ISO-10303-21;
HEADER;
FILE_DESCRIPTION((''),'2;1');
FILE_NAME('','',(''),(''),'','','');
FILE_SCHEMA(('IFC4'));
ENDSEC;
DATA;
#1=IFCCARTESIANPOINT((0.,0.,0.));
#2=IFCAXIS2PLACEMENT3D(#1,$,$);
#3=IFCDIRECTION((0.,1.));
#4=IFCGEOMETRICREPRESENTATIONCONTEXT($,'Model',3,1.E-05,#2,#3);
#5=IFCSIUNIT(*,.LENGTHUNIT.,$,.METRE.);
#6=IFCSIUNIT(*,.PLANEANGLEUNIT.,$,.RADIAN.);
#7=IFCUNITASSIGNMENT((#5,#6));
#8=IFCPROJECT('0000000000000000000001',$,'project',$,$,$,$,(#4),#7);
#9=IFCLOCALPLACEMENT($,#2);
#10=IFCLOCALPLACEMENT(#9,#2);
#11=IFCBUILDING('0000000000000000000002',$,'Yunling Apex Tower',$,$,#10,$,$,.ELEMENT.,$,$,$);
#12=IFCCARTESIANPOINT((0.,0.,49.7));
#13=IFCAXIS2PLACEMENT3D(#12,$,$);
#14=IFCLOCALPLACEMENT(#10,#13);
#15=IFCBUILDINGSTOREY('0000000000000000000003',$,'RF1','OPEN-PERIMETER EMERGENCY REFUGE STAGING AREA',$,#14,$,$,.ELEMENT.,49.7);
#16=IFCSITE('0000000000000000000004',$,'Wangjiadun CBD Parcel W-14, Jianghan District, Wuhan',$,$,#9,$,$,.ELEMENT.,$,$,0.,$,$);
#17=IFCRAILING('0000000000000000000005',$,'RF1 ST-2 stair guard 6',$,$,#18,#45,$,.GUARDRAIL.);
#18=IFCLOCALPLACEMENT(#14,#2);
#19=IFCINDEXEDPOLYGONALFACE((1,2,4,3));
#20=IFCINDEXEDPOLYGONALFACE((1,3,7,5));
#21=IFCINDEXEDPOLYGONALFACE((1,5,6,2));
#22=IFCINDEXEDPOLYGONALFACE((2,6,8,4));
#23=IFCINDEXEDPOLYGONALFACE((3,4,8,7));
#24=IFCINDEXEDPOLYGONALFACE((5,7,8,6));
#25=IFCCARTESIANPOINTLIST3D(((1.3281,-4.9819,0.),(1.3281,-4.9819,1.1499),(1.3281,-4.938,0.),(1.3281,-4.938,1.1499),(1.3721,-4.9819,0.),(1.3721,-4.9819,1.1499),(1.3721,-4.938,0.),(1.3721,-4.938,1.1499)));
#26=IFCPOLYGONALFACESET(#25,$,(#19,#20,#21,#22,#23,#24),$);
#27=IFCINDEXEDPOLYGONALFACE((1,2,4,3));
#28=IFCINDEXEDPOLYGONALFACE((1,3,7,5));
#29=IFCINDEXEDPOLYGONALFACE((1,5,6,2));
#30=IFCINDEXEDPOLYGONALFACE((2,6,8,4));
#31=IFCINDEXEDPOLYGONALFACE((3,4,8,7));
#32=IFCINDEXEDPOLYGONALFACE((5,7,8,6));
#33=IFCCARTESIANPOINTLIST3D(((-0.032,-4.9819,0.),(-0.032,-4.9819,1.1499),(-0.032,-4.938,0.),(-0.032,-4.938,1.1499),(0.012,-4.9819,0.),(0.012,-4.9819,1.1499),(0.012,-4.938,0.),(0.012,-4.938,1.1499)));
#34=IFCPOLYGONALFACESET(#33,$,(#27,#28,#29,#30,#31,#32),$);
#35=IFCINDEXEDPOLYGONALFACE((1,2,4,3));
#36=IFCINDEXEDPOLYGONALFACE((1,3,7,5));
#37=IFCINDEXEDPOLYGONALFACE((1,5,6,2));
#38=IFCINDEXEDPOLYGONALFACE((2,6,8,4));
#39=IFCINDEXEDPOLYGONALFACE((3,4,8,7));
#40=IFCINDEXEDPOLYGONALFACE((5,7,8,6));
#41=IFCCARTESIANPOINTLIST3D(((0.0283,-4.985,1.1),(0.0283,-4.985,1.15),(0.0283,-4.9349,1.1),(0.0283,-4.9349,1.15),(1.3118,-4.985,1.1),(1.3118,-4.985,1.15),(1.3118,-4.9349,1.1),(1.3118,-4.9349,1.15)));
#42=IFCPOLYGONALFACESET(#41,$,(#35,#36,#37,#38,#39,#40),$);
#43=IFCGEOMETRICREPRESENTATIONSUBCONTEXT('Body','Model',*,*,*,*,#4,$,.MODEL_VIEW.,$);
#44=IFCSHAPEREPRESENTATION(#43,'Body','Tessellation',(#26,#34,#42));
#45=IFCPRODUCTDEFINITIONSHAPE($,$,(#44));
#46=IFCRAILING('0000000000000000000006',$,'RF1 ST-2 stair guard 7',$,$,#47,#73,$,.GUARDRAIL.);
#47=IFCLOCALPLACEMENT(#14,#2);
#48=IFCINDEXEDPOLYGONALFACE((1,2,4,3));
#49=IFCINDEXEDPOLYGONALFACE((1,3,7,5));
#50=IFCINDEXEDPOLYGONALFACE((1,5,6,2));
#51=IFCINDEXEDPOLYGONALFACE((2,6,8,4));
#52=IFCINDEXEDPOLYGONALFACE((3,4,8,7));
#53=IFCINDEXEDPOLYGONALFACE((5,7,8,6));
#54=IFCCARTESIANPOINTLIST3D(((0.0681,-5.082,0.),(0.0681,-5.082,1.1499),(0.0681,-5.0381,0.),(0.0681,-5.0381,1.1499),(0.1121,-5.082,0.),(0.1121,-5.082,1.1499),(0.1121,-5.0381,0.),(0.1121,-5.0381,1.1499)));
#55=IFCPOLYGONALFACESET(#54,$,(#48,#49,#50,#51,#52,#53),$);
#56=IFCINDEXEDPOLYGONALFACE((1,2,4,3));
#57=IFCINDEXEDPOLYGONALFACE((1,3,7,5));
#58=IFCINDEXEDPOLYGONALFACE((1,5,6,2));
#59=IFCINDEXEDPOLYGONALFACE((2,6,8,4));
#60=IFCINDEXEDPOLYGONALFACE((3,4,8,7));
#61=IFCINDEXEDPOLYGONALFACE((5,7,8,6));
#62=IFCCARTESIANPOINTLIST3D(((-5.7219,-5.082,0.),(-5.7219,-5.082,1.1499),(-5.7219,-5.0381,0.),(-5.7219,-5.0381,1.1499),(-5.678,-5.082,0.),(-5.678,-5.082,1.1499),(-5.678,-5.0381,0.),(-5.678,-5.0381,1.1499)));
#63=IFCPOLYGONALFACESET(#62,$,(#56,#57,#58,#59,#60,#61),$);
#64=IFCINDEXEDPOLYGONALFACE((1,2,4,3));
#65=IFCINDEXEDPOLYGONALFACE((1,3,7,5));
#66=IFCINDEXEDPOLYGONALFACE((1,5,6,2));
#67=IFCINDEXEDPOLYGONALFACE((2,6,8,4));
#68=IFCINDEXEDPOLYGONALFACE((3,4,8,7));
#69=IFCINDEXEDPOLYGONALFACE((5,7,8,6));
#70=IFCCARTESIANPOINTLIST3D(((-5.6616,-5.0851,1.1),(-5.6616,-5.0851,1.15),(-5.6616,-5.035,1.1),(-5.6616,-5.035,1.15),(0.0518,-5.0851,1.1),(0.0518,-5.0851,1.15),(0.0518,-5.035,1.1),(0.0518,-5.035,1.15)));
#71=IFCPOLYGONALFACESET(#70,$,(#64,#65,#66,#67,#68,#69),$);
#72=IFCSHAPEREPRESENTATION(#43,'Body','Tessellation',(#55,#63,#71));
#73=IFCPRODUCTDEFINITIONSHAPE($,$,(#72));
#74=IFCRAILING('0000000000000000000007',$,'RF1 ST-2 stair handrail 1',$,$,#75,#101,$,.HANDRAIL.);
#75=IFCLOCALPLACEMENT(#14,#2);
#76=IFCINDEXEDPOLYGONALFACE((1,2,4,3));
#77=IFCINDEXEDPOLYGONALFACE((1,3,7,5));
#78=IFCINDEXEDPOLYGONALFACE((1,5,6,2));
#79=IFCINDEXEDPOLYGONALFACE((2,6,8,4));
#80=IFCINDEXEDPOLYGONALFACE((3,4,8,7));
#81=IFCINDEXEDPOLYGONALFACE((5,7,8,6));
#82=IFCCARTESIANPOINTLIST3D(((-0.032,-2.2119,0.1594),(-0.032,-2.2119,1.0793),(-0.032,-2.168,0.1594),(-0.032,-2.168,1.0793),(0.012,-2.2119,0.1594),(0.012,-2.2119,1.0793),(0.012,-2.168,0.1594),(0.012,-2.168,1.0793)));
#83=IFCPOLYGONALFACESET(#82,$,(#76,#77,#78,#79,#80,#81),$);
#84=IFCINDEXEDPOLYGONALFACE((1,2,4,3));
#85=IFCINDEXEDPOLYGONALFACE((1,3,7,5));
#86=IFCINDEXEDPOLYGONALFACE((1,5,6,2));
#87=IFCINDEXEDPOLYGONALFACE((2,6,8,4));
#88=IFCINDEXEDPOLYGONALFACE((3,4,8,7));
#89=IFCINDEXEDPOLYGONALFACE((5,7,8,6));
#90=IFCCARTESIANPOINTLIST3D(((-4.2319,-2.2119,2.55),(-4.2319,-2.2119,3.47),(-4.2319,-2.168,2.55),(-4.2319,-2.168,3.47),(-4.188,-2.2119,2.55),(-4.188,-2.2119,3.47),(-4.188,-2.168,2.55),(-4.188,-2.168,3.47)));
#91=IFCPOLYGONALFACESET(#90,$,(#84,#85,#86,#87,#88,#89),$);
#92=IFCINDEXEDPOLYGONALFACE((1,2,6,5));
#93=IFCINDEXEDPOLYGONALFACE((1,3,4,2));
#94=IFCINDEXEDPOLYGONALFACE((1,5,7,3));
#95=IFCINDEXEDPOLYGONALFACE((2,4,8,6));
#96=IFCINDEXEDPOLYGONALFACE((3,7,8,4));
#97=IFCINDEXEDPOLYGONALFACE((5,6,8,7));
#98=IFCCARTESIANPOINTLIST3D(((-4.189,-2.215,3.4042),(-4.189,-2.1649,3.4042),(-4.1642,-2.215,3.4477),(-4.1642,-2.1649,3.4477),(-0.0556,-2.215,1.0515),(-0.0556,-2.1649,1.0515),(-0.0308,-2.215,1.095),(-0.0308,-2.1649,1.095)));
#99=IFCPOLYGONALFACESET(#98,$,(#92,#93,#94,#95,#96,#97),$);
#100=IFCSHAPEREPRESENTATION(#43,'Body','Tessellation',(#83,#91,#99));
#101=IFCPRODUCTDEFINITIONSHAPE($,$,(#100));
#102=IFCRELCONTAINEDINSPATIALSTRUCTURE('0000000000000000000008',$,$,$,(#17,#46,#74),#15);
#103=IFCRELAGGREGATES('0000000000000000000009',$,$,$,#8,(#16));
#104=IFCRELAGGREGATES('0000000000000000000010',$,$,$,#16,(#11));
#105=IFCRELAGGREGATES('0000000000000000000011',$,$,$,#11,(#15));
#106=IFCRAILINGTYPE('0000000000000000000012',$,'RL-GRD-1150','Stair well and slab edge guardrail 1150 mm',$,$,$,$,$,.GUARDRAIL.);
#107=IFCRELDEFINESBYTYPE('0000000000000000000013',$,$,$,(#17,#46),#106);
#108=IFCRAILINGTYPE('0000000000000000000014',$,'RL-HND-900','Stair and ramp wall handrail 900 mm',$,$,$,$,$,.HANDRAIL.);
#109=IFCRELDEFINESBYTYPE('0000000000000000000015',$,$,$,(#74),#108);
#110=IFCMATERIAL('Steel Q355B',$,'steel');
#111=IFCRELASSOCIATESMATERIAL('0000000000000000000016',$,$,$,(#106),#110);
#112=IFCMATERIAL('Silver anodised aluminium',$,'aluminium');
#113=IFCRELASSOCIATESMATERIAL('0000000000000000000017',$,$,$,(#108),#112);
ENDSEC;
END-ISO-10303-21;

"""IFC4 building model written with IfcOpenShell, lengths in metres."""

from ifc_helpers import new_model, si_unit, direction, frame, origin, origin_2d, place, context, subcontext, project, spatial, rectangle, extrude, material, type_object, element, save


model = new_model("IFC4")

# Units and contexts
model_context = context("Model", 3, precision=1e-05, world=origin(), true_north=direction((0.0, 1.0)))
body_context = subcontext(model_context, "Body", "Model", "MODEL_VIEW")
ifc_project = project(units=[si_unit("LENGTHUNIT", "METRE"), si_unit("PLANEANGLEUNIT", "RADIAN")], contexts=[model_context])

# Site, building, storey
site_placement = place(None, origin())
site = spatial("IfcSite", under=ifc_project, at=site_placement, Name="Wangjiadun CBD Parcel W-14, Jianghan District, Wuhan", CompositionType="ELEMENT", RefElevation=0.0)
building_placement = place(site_placement, origin())
building = spatial("IfcBuilding", under=site, at=building_placement, Name="Yunling Apex Tower", CompositionType="ELEMENT")
storey_placement = place(building_placement, frame((0.0, 0.0, 49.7)))
storey = spatial("IfcBuildingStorey", under=building, at=storey_placement, Name="RF1", Description="OPEN-PERIMETER EMERGENCY REFUGE STAGING AREA", CompositionType="ELEMENT", Elevation=49.7)

# Shared definitions
ifc_material_1 = material(Name="Steel Q355B", Category="steel")

# Railings
railing_type_1 = type_object("IfcRailingType", Name="RL-GRD-1150", Description="Stair well and slab edge guardrail 1150 mm", PredefinedType="GUARDRAIL", material=ifc_material_1)
railing_1_placement = place(storey_placement, frame((1.3501, -4.96, 0.0)))
element("IfcRailing", 1, at=railing_1_placement, inside=storey, type_object=railing_type_1, Name="RF1 ST-2 stair guard 6", PredefinedType="GUARDRAIL", context=body_context, shape_type="SweptSolid", body=[
    extrude(rectangle(XDim=0.0439, YDim=0.0439, at=origin_2d()), origin(), (0.0, 0.0, 1.0), 1.1499),
    extrude(rectangle(XDim=0.0439, YDim=0.0439, at=origin_2d()), frame((-1.3601, 0.0, 0.0)), (0.0, 0.0, 1.0), 1.1499),
    extrude(rectangle(XDim=0.05, YDim=0.05, at=origin_2d()), frame((-0.0383, 0.0, 1.125), z_axis=(-1.0, 0.0, 0.0), x_axis=(0.0, -1.0, 0.0)), (0.0, 0.0, 1.0), 1.2834),
])
railing_2_placement = place(storey_placement, frame((0.0901, -5.0601, 0.0)))
element("IfcRailing", 2, at=railing_2_placement, inside=storey, type_object=railing_type_1, Name="RF1 ST-2 stair guard 7", PredefinedType="GUARDRAIL", context=body_context, shape_type="SweptSolid", body=[
    extrude(rectangle(XDim=0.0439, YDim=0.0439, at=origin_2d()), origin(), (0.0, 0.0, 1.0), 1.1499),
    extrude(rectangle(XDim=0.0439, YDim=0.0439, at=origin_2d()), frame((-5.79, 0.0, 0.0)), (0.0, 0.0, 1.0), 1.1499),
    extrude(rectangle(XDim=0.05, YDim=0.05, at=origin_2d()), frame((-0.0383, 0.0, 1.125), z_axis=(-1.0, 0.0, 0.0), x_axis=(0.0, -1.0, 0.0)), (0.0, 0.0, 1.0), 5.7134),
])
ifc_material_2 = material(Name="Silver anodised aluminium", Category="aluminium")
railing_type_2 = type_object("IfcRailingType", Name="RL-HND-900", Description="Stair and ramp wall handrail 900 mm", PredefinedType="HANDRAIL", material=ifc_material_2)
railing_3_placement = place(storey_placement, frame((-0.01, -2.1899, 0.1594)))
element("IfcRailing", 3, at=railing_3_placement, inside=storey, type_object=railing_type_2, Name="RF1 ST-2 stair handrail 1", PredefinedType="HANDRAIL", context=body_context, shape_type="SweptSolid", body=[
    extrude(rectangle(XDim=0.0439, YDim=0.0439, at=origin_2d()), origin(), (0.0, 0.0, 1.0), 0.9199),
    extrude(rectangle(XDim=0.0439, YDim=0.0439, at=origin_2d()), frame((-4.2, 0.0, 2.3906)), (0.0, 0.0, 1.0), 0.9199),
    extrude(rectangle(XDim=0.05, YDim=0.05, at=origin_2d()), frame((-0.0332, 0.0, 0.9138), z_axis=(-0.869075, 0.0, 0.49468), x_axis=(0.0, -1.0, 0.0)), (0.0, 0.0, 1.0), 4.7561),
])

save(model, "model.ifc")
